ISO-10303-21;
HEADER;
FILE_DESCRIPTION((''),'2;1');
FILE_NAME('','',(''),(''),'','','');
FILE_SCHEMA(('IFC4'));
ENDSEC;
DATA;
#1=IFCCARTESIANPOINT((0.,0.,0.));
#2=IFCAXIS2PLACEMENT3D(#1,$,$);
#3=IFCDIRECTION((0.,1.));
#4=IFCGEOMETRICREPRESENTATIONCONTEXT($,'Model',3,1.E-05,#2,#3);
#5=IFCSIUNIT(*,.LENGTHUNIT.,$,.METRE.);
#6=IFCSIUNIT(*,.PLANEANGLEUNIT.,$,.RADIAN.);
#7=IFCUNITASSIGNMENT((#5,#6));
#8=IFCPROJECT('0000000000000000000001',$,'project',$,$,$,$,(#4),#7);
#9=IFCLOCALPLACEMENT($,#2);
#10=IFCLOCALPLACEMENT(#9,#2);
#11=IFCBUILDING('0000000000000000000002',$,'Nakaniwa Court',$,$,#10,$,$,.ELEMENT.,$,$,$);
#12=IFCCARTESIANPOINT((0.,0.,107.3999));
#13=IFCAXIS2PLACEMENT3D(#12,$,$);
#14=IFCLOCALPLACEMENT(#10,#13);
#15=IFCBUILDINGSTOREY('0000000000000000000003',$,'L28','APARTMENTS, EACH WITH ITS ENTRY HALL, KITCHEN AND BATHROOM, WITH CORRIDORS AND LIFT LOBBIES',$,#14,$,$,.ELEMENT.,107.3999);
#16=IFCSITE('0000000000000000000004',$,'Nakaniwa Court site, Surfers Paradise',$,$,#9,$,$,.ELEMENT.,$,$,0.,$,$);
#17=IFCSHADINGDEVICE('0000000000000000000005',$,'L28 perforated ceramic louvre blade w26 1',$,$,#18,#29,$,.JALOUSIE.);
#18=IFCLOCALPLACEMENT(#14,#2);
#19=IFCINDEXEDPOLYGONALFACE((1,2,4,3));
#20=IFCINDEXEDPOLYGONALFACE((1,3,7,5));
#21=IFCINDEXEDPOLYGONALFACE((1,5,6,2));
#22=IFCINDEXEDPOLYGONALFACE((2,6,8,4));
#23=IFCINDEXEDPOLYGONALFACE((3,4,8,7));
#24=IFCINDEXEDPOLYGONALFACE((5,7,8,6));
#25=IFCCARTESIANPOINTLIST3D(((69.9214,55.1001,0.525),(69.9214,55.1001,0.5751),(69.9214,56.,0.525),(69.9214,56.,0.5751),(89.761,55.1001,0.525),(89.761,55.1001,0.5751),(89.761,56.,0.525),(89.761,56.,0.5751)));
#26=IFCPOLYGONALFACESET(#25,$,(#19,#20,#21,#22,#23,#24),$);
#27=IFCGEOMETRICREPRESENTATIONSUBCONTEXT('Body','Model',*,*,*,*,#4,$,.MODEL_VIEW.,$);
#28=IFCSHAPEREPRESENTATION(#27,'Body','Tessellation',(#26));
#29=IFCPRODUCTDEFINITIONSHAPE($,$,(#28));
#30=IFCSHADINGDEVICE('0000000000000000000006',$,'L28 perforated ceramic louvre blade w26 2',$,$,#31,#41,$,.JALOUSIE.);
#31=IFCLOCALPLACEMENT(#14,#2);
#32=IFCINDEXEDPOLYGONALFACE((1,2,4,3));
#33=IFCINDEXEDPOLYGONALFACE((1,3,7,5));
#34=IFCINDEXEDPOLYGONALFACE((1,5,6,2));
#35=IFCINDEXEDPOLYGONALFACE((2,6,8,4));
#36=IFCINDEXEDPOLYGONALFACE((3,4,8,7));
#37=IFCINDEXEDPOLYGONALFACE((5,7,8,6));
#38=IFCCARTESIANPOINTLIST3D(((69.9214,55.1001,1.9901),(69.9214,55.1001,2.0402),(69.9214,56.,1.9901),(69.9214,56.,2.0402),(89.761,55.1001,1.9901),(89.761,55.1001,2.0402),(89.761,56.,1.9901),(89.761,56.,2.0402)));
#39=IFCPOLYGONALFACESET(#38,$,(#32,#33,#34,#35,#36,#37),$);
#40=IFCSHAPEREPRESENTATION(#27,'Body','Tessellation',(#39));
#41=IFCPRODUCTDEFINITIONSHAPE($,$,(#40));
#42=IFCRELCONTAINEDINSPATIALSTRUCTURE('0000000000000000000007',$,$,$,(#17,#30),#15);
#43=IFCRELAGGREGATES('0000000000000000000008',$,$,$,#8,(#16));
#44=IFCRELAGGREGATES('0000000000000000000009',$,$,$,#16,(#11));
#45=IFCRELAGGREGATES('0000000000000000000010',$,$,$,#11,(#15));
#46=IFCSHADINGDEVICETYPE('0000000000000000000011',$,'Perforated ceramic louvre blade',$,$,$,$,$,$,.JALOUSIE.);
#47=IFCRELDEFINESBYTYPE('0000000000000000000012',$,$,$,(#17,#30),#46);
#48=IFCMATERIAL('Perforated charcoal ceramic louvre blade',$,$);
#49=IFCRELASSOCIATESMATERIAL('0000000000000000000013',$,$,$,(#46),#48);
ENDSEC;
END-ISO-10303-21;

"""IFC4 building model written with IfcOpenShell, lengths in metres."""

from ifc_helpers import new_model, si_unit, direction, frame, origin, origin_2d, place, context, subcontext, project, spatial, rectangle, extrude, material, material_profile, profile_set, type_object, element, save


model = new_model("IFC4")

# Units and contexts
model_context = context("Model", 3, precision=1e-05, world=origin(), true_north=direction((0.0, 1.0)))
body_context = subcontext(model_context, "Body", "Model", "MODEL_VIEW")
ifc_project = project(units=[si_unit("LENGTHUNIT", "METRE"), si_unit("PLANEANGLEUNIT", "RADIAN")], contexts=[model_context])

# Site, building, storey
site_placement = place(None, origin())
site = spatial("IfcSite", under=ifc_project, at=site_placement, Name="Nakaniwa Court site, Surfers Paradise", CompositionType="ELEMENT", RefElevation=0.0)
building_placement = place(site_placement, origin())
building = spatial("IfcBuilding", under=site, at=building_placement, Name="Nakaniwa Court", CompositionType="ELEMENT")
storey_placement = place(building_placement, frame((0.0, 0.0, 107.3999)))
storey = spatial("IfcBuildingStorey", under=building, at=storey_placement, Name="L28", Description="APARTMENTS, EACH WITH ITS ENTRY HALL, KITCHEN AND BATHROOM, WITH CORRIDORS AND LIFT LOBBIES", CompositionType="ELEMENT", Elevation=107.3999)

# Shading devices
ifc_material_1 = material(Name="Perforated charcoal ceramic louvre blade")
ifc_material_profile_1 = material_profile(ifc_material_1, rectangle(XDim=0.8999, YDim=0.05, at=origin_2d()), Name="Perforated ceramic louvre blade")
ifc_profile_set_1 = profile_set([ifc_material_profile_1], Name="Perforated charcoal ceramic louvre blade")
shading_device_type = type_object("IfcShadingDeviceType", Name="Perforated ceramic louvre blade", PredefinedType="JALOUSIE", material=ifc_profile_set_1)
for number, where, z_axis, x_axis, name in (
    (1, (69.9214, 55.55, 0.55), (1.0, 0.0, 0.0), (0.0, 1.0, 0.0), "L28 perforated ceramic louvre blade w26 1"),
    (2, (69.9214, 55.55, 2.0151), (1.0, 0.0, 0.0), (0.0, 1.0, 0.0), "L28 perforated ceramic louvre blade w26 2"),
):
    element("IfcShadingDevice", number, at=place(storey_placement, frame(where, z_axis=z_axis, x_axis=x_axis)), inside=storey, type_object=shading_device_type, Name=name, PredefinedType="JALOUSIE", context=body_context, shape_type="SweptSolid", body=[
        extrude(rectangle(XDim=0.8999, YDim=0.05, at=origin_2d()), origin(), (0.0, 0.0, 1.0), 19.8396),
    ])

save(model, "model.ifc")
